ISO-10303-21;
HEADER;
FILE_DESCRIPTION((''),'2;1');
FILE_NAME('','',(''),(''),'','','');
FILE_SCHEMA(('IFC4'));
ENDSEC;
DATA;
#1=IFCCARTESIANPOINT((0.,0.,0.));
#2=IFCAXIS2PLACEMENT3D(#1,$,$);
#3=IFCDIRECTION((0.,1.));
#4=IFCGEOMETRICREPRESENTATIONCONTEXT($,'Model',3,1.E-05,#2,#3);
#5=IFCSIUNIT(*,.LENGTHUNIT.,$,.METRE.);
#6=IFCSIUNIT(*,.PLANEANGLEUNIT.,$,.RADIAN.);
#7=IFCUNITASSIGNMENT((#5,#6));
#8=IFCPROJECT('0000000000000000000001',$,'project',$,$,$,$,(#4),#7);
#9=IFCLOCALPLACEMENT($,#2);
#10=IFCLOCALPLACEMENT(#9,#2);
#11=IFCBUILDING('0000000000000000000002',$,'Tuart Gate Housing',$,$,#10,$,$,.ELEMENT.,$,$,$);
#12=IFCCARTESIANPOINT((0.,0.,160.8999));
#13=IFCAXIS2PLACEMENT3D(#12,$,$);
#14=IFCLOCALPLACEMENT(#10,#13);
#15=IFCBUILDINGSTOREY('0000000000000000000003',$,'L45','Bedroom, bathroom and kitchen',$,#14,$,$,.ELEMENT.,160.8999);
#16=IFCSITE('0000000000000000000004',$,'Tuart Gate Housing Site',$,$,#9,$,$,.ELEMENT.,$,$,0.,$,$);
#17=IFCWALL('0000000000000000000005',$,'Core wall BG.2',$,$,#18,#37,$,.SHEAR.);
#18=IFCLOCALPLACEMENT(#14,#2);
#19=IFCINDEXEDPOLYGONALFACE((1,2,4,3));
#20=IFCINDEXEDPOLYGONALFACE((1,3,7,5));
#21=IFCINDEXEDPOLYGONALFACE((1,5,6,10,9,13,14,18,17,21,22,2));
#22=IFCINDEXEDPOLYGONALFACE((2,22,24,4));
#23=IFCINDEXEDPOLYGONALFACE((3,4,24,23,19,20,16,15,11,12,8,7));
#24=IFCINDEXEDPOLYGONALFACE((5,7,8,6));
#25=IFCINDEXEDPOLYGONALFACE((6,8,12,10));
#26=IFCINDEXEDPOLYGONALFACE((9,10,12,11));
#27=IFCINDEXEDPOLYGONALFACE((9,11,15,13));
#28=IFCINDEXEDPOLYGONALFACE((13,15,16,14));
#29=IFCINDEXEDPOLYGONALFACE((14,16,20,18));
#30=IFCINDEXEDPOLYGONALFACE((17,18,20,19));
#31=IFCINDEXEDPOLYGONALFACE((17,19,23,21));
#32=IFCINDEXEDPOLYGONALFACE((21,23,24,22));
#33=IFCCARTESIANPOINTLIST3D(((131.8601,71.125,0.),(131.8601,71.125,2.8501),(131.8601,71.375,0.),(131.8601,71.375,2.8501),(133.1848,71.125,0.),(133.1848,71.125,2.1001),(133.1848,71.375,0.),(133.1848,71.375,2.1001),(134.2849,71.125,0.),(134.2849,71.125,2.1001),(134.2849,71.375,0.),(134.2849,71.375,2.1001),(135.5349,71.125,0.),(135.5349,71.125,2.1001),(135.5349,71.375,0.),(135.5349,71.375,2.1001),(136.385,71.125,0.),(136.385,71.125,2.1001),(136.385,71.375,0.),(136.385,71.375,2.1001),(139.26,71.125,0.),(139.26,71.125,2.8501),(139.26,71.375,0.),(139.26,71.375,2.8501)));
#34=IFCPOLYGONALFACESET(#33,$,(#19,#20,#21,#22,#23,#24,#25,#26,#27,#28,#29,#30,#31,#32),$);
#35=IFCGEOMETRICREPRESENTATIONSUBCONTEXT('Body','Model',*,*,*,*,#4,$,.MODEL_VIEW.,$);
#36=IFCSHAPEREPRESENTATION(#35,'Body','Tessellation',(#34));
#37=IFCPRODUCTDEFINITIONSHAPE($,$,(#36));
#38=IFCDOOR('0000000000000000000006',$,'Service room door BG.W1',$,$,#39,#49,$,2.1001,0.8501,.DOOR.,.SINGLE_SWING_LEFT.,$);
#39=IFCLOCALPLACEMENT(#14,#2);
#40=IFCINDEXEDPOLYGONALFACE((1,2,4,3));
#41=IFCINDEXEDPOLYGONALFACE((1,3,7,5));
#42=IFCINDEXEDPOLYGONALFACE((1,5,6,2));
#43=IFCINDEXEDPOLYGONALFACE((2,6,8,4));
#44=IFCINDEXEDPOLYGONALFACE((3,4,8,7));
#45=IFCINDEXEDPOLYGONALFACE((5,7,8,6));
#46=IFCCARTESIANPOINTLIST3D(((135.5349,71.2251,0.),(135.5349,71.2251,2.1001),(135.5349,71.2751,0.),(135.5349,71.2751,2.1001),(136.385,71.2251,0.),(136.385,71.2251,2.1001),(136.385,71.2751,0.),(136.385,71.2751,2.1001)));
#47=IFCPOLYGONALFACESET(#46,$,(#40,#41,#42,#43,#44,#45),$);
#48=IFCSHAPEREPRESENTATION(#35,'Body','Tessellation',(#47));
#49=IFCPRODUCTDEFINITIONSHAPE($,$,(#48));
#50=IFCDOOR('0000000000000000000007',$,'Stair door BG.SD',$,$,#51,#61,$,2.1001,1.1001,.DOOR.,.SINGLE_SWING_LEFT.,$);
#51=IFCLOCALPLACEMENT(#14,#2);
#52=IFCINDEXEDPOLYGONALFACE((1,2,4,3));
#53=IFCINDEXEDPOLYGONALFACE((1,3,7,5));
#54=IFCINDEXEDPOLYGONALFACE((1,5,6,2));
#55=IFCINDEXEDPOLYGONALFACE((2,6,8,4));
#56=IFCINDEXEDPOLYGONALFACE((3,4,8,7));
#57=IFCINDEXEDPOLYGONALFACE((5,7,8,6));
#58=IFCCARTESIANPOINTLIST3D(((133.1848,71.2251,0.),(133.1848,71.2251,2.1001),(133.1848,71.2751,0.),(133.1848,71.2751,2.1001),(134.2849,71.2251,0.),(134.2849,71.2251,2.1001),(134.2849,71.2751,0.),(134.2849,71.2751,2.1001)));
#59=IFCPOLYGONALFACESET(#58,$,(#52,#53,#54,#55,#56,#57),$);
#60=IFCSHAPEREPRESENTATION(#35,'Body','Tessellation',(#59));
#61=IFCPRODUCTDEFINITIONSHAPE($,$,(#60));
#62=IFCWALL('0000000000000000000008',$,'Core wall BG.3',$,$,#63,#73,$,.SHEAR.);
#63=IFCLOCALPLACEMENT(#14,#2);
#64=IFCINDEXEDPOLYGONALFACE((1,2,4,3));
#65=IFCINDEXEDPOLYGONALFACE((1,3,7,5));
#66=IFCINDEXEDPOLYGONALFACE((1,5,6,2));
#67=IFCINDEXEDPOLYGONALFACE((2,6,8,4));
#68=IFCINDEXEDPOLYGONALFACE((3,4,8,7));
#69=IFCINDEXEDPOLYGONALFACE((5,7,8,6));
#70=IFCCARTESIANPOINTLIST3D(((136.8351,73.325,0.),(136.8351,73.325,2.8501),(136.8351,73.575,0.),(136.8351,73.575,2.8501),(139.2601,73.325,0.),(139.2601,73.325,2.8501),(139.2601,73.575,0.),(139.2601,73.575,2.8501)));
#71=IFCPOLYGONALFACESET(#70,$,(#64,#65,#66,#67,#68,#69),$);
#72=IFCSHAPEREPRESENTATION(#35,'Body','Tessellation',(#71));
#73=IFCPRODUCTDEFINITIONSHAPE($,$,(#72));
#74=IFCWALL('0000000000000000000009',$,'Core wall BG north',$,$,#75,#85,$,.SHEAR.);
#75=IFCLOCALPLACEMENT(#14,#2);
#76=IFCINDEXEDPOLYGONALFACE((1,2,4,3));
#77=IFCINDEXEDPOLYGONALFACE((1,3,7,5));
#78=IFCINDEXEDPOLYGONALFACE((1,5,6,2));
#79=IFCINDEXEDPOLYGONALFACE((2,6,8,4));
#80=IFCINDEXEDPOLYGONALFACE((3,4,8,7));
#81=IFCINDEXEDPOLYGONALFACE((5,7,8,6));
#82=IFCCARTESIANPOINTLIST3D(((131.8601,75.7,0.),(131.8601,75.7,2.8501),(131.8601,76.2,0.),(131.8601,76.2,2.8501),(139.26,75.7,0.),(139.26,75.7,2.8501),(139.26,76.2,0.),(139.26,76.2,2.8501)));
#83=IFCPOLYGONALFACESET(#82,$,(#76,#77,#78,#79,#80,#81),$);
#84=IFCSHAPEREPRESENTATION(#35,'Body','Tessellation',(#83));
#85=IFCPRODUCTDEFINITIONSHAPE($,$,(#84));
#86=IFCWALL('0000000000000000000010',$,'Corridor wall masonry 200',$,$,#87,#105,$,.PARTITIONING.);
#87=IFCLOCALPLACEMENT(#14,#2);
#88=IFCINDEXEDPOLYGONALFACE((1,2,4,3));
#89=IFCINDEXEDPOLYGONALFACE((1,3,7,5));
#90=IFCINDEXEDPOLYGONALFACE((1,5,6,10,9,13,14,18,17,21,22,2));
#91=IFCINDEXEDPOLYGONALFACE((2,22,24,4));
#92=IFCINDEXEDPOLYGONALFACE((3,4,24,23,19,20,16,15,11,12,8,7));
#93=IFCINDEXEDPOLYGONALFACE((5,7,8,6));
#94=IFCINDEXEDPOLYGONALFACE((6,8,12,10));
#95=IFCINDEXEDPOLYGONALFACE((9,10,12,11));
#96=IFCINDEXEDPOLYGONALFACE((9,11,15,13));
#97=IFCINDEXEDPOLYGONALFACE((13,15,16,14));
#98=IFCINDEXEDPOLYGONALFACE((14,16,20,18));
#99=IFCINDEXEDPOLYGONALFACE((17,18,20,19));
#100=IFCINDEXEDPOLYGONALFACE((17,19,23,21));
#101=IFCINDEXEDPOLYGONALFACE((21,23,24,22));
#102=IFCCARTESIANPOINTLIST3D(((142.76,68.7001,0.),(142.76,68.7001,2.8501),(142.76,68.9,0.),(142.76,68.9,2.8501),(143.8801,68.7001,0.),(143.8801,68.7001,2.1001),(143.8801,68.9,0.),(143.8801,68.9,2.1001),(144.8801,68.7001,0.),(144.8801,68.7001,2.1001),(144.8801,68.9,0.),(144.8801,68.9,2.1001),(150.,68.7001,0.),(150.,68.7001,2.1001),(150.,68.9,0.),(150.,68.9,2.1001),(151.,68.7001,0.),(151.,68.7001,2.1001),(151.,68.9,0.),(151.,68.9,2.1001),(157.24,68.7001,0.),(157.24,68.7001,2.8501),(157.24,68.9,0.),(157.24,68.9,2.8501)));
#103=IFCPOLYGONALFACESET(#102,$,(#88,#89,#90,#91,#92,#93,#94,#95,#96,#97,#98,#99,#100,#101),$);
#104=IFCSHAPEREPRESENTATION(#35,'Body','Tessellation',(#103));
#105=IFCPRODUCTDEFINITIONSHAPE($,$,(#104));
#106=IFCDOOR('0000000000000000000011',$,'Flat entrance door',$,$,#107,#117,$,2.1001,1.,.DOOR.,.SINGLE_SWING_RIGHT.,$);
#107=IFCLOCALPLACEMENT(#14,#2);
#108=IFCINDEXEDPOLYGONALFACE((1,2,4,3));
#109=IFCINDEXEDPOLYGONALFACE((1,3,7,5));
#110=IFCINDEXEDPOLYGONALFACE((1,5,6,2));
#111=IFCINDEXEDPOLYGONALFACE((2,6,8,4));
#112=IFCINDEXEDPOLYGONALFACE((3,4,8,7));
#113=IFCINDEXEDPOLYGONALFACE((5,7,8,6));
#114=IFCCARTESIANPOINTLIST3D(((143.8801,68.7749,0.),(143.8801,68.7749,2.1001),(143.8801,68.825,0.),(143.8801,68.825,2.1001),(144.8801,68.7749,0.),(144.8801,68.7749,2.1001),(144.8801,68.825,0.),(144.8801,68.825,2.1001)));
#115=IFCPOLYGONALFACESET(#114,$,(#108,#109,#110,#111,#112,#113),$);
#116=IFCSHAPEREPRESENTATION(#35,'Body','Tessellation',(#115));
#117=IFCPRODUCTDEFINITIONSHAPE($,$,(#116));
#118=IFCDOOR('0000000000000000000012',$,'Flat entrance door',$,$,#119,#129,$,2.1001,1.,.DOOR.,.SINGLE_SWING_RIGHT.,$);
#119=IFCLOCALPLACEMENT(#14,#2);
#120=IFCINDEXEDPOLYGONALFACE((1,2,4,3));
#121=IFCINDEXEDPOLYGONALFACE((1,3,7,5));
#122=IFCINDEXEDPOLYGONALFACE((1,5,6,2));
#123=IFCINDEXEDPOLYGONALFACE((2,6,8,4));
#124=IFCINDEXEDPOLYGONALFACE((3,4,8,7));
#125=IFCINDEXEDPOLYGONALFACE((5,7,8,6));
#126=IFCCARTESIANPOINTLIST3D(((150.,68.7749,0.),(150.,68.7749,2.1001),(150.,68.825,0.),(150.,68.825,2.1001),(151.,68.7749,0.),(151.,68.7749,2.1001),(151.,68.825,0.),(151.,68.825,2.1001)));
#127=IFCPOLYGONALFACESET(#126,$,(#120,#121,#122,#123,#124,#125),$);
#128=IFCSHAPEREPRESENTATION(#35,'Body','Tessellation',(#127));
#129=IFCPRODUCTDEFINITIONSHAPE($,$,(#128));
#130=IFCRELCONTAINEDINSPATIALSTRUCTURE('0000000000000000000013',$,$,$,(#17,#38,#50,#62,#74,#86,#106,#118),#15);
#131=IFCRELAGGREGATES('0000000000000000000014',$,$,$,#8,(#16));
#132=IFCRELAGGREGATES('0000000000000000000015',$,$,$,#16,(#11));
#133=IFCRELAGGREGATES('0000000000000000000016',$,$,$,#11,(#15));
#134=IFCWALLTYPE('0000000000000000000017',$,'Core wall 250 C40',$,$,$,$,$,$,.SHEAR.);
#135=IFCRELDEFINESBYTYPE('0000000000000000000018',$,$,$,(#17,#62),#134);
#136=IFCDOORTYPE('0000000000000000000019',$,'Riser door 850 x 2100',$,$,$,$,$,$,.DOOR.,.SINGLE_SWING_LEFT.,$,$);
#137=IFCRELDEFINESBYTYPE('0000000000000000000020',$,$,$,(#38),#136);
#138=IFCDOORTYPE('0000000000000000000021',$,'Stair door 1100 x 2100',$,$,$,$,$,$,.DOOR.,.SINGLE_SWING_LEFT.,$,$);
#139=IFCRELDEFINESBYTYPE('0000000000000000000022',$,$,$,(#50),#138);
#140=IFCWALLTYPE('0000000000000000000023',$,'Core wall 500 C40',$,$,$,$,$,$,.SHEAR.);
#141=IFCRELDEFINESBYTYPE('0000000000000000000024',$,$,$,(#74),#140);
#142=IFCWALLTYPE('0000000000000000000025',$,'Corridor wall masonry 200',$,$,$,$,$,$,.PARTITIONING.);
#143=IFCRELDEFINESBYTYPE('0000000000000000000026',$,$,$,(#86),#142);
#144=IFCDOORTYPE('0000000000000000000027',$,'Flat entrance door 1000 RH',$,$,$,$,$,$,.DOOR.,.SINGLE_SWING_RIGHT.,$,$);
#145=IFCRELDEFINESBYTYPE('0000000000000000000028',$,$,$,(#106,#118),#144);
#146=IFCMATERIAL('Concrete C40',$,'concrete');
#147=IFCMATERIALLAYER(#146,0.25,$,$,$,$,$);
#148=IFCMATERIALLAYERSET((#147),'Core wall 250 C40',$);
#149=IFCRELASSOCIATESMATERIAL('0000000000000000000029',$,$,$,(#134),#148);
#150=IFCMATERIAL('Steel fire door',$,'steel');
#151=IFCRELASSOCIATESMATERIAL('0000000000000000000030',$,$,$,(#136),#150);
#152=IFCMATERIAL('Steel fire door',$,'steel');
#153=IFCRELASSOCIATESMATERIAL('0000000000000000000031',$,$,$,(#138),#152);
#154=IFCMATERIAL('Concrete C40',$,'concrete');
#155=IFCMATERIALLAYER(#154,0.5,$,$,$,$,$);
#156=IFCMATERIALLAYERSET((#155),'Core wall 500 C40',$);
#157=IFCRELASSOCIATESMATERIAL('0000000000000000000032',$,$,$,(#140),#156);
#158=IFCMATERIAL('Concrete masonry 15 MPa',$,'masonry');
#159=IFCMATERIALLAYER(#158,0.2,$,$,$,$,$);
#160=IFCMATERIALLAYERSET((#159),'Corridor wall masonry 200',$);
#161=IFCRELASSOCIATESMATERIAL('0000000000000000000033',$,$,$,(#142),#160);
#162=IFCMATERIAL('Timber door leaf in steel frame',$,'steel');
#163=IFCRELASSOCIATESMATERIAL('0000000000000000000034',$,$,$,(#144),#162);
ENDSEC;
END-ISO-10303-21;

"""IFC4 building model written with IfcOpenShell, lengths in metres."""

from ifc_helpers import new_model, si_unit, direction, frame, frame_2d, origin, place, context, subcontext, project, spatial, rectangle, extrude, material, layer, layer_set, type_object, element, fill, save


model = new_model("IFC4")

# Units and contexts
model_context = context("Model", 3, precision=1e-05, world=origin(), true_north=direction((0.0, 1.0)))
body_context = subcontext(model_context, "Body", "Model", "MODEL_VIEW")
ifc_project = project(units=[si_unit("LENGTHUNIT", "METRE"), si_unit("PLANEANGLEUNIT", "RADIAN")], contexts=[model_context])

# Site, building, storey
site_placement = place(None, origin())
site = spatial("IfcSite", under=ifc_project, at=site_placement, Name="Tuart Gate Housing Site", CompositionType="ELEMENT", RefElevation=0.0)
building_placement = place(site_placement, origin())
building = spatial("IfcBuilding", under=site, at=building_placement, Name="Tuart Gate Housing", CompositionType="ELEMENT")
storey_placement = place(building_placement, frame((0.0, 0.0, 160.8999)))
storey = spatial("IfcBuildingStorey", under=building, at=storey_placement, Name="L45", Description="Bedroom, bathroom and kitchen", CompositionType="ELEMENT", Elevation=160.8999)

# Wall, openings, doors
ifc_material_1 = material(Name="Concrete C40", Category="concrete")
ifc_layer_1 = layer(ifc_material_1, 0.25)
ifc_layer_set_1 = layer_set([ifc_layer_1], Name="Core wall 250 C40")
wall_type_1 = type_object("IfcWallType", Name="Core wall 250 C40", PredefinedType="SHEAR", material=ifc_layer_set_1)
wall_1_placement = place(storey_placement, frame((139.26, 71.25, 0.0), z_axis=(0.0, 0.0, 1.0), x_axis=(-1.0, 0.0, 0.0)))
wall_1 = element("IfcWall", 1, at=wall_1_placement, inside=storey, type_object=wall_type_1, Name="Core wall BG.2", PredefinedType="SHEAR", context=body_context, shape_type="SweptSolid", body=[
    extrude(rectangle(XDim=7.3999, YDim=0.25, at=frame_2d((3.7, 0.0))), origin(), (0.0, 0.0, 1.0), 2.8501),
])
opening_1_placement = place(wall_1_placement, frame((4.9751, 0.0, 0.0)))
opening_1 = element("IfcOpeningElement", 2, at=opening_1_placement, cuts=wall_1, PredefinedType="OPENING", context=body_context, shape_type="SweptSolid", body=[
    extrude(rectangle(XDim=1.1001, YDim=2.1001, at=frame_2d((0.55, 1.05))), frame((0.0, 0.135, 0.0), z_axis=(0.0, -1.0, 0.0), x_axis=(1.0, 0.0, 0.0)), (0.0, 0.0, 1.0), 0.27),
])
opening_2_placement = place(wall_1_placement, frame((2.875, 0.0, 0.0)))
opening_2 = element("IfcOpeningElement", 3, at=opening_2_placement, cuts=wall_1, PredefinedType="OPENING", context=body_context, shape_type="SweptSolid", body=[
    extrude(rectangle(XDim=0.8501, YDim=2.1001, at=frame_2d((0.425, 1.05))), frame((0.0, 0.135, 0.0), z_axis=(0.0, -1.0, 0.0), x_axis=(1.0, 0.0, 0.0)), (0.0, 0.0, 1.0), 0.27),
])
ifc_material_2 = material(Name="Steel fire door", Category="steel")
door_type_1 = type_object("IfcDoorType", Name="Riser door 850 x 2100", OperationType="SINGLE_SWING_LEFT", PredefinedType="DOOR", material=ifc_material_2)
door_1_placement = place(opening_2_placement, origin())
door_1 = element("IfcDoor", 4, at=door_1_placement, inside=storey, type_object=door_type_1, Name="Service room door BG.W1", OperationType="SINGLE_SWING_LEFT", OverallHeight=2.1001, OverallWidth=0.8501, PredefinedType="DOOR", context=body_context, shape_type="SweptSolid", body=[
    extrude(rectangle(XDim=0.8501, YDim=2.1001, at=frame_2d((0.425, 1.05))), frame((0.0, 0.0249, 0.0), z_axis=(0.0, -1.0, 0.0), x_axis=(1.0, 0.0, 0.0)), (0.0, 0.0, 1.0), 0.05),
])
fill(opening_2, door_1)
ifc_material_3 = material(Name="Steel fire door", Category="steel")
door_type_2 = type_object("IfcDoorType", Name="Stair door 1100 x 2100", OperationType="SINGLE_SWING_LEFT", PredefinedType="DOOR", material=ifc_material_3)
door_2_placement = place(opening_1_placement, origin())
door_2 = element("IfcDoor", 5, at=door_2_placement, inside=storey, type_object=door_type_2, Name="Stair door BG.SD", OperationType="SINGLE_SWING_LEFT", OverallHeight=2.1001, OverallWidth=1.1001, PredefinedType="DOOR", context=body_context, shape_type="SweptSolid", body=[
    extrude(rectangle(XDim=1.1001, YDim=2.1001, at=frame_2d((0.55, 1.05))), frame((0.0, 0.0249, 0.0), z_axis=(0.0, -1.0, 0.0), x_axis=(1.0, 0.0, 0.0)), (0.0, 0.0, 1.0), 0.05),
])
fill(opening_1, door_2)

# Walls
wall_2_placement = place(storey_placement, frame((139.26, 73.45, 0.0), z_axis=(0.0, 0.0, 1.0), x_axis=(-1.0, 0.0, 0.0)))
element("IfcWall", 6, at=wall_2_placement, inside=storey, type_object=wall_type_1, Name="Core wall BG.3", PredefinedType="SHEAR", context=body_context, shape_type="SweptSolid", body=[
    extrude(rectangle(XDim=2.425, YDim=0.25, at=frame_2d((1.2124, 0.0))), origin(), (0.0, 0.0, 1.0), 2.8501),
])
ifc_material_4 = material(Name="Concrete C40", Category="concrete")
ifc_layer_2 = layer(ifc_material_4, 0.5)
ifc_layer_set_2 = layer_set([ifc_layer_2], Name="Core wall 500 C40")
wall_type_2 = type_object("IfcWallType", Name="Core wall 500 C40", PredefinedType="SHEAR", material=ifc_layer_set_2)
wall_3_placement = place(storey_placement, frame((139.26, 75.95, 0.0), z_axis=(0.0, 0.0, 1.0), x_axis=(-1.0, 0.0, 0.0)))
element("IfcWall", 7, at=wall_3_placement, inside=storey, type_object=wall_type_2, Name="Core wall BG north", PredefinedType="SHEAR", context=body_context, shape_type="SweptSolid", body=[
    extrude(rectangle(XDim=7.3999, YDim=0.5, at=frame_2d((3.7, 0.0))), origin(), (0.0, 0.0, 1.0), 2.8501),
])

# Wall, openings, doors
ifc_material_5 = material(Name="Concrete masonry 15 MPa", Category="masonry")
ifc_layer_3 = layer(ifc_material_5, 0.2)
ifc_layer_set_3 = layer_set([ifc_layer_3], Name="Corridor wall masonry 200")
wall_type_3 = type_object("IfcWallType", Name="Corridor wall masonry 200", PredefinedType="PARTITIONING", material=ifc_layer_set_3)
wall_4_placement = place(storey_placement, frame((142.76, 68.8, 0.0), z_axis=(0.0, 0.0, 1.0), x_axis=(1.0, 0.0, 0.0)))
wall_4 = element("IfcWall", 8, at=wall_4_placement, inside=storey, type_object=wall_type_3, Name="Corridor wall masonry 200", PredefinedType="PARTITIONING", context=body_context, shape_type="SweptSolid", body=[
    extrude(rectangle(XDim=14.48, YDim=0.2, at=frame_2d((7.24, 0.0))), origin(), (0.0, 0.0, 1.0), 2.8501),
])
opening_3_placement = place(wall_4_placement, frame((1.1201, 0.0, 0.0)))
opening_3 = element("IfcOpeningElement", 9, at=opening_3_placement, cuts=wall_4, PredefinedType="OPENING", context=body_context, shape_type="SweptSolid", body=[
    extrude(rectangle(XDim=1.0, YDim=2.1001, at=frame_2d((0.5, 1.05))), frame((0.0, 0.1099, 0.0), z_axis=(0.0, -1.0, 0.0), x_axis=(1.0, 0.0, 0.0)), (0.0, 0.0, 1.0), 0.22),
])
opening_4_placement = place(wall_4_placement, frame((7.24, 0.0, 0.0)))
opening_4 = element("IfcOpeningElement", 10, at=opening_4_placement, cuts=wall_4, PredefinedType="OPENING", context=body_context, shape_type="SweptSolid", body=[
    extrude(rectangle(XDim=1.0, YDim=2.1001, at=frame_2d((0.5, 1.05))), frame((0.0, 0.1099, 0.0), z_axis=(0.0, -1.0, 0.0), x_axis=(1.0, 0.0, 0.0)), (0.0, 0.0, 1.0), 0.22),
])
ifc_material_6 = material(Name="Timber door leaf in steel frame", Category="steel")
door_type_3 = type_object("IfcDoorType", Name="Flat entrance door 1000 RH", OperationType="SINGLE_SWING_RIGHT", PredefinedType="DOOR", material=ifc_material_6)
door_3_placement = place(opening_3_placement, frame((1.0, 0.0, 0.0), z_axis=(0.0, 0.0, 1.0), x_axis=(-1.0, 0.0, 0.0)))
door_3 = element("IfcDoor", 11, at=door_3_placement, inside=storey, type_object=door_type_3, Name="Flat entrance door", OperationType="SINGLE_SWING_RIGHT", OverallHeight=2.1001, OverallWidth=1.0, PredefinedType="DOOR", context=body_context, shape_type="SweptSolid", body=[
    extrude(rectangle(XDim=1.0, YDim=2.1001, at=frame_2d((0.5, 1.05))), frame((0.0, 0.0251, 0.0), z_axis=(0.0, -1.0, 0.0), x_axis=(1.0, 0.0, 0.0)), (0.0, 0.0, 1.0), 0.05),
])
fill(opening_3, door_3)
door_4_placement = place(opening_4_placement, frame((1.0, 0.0, 0.0), z_axis=(0.0, 0.0, 1.0), x_axis=(-1.0, 0.0, 0.0)))
door_4 = element("IfcDoor", 12, at=door_4_placement, inside=storey, type_object=door_type_3, Name="Flat entrance door", OperationType="SINGLE_SWING_RIGHT", OverallHeight=2.1001, OverallWidth=1.0, PredefinedType="DOOR", context=body_context, shape_type="SweptSolid", body=[
    extrude(rectangle(XDim=1.0, YDim=2.1001, at=frame_2d((0.5, 1.05))), frame((0.0, 0.0251, 0.0), z_axis=(0.0, -1.0, 0.0), x_axis=(1.0, 0.0, 0.0)), (0.0, 0.0, 1.0), 0.05),
])
fill(opening_4, door_4)

save(model, "model.ifc")
